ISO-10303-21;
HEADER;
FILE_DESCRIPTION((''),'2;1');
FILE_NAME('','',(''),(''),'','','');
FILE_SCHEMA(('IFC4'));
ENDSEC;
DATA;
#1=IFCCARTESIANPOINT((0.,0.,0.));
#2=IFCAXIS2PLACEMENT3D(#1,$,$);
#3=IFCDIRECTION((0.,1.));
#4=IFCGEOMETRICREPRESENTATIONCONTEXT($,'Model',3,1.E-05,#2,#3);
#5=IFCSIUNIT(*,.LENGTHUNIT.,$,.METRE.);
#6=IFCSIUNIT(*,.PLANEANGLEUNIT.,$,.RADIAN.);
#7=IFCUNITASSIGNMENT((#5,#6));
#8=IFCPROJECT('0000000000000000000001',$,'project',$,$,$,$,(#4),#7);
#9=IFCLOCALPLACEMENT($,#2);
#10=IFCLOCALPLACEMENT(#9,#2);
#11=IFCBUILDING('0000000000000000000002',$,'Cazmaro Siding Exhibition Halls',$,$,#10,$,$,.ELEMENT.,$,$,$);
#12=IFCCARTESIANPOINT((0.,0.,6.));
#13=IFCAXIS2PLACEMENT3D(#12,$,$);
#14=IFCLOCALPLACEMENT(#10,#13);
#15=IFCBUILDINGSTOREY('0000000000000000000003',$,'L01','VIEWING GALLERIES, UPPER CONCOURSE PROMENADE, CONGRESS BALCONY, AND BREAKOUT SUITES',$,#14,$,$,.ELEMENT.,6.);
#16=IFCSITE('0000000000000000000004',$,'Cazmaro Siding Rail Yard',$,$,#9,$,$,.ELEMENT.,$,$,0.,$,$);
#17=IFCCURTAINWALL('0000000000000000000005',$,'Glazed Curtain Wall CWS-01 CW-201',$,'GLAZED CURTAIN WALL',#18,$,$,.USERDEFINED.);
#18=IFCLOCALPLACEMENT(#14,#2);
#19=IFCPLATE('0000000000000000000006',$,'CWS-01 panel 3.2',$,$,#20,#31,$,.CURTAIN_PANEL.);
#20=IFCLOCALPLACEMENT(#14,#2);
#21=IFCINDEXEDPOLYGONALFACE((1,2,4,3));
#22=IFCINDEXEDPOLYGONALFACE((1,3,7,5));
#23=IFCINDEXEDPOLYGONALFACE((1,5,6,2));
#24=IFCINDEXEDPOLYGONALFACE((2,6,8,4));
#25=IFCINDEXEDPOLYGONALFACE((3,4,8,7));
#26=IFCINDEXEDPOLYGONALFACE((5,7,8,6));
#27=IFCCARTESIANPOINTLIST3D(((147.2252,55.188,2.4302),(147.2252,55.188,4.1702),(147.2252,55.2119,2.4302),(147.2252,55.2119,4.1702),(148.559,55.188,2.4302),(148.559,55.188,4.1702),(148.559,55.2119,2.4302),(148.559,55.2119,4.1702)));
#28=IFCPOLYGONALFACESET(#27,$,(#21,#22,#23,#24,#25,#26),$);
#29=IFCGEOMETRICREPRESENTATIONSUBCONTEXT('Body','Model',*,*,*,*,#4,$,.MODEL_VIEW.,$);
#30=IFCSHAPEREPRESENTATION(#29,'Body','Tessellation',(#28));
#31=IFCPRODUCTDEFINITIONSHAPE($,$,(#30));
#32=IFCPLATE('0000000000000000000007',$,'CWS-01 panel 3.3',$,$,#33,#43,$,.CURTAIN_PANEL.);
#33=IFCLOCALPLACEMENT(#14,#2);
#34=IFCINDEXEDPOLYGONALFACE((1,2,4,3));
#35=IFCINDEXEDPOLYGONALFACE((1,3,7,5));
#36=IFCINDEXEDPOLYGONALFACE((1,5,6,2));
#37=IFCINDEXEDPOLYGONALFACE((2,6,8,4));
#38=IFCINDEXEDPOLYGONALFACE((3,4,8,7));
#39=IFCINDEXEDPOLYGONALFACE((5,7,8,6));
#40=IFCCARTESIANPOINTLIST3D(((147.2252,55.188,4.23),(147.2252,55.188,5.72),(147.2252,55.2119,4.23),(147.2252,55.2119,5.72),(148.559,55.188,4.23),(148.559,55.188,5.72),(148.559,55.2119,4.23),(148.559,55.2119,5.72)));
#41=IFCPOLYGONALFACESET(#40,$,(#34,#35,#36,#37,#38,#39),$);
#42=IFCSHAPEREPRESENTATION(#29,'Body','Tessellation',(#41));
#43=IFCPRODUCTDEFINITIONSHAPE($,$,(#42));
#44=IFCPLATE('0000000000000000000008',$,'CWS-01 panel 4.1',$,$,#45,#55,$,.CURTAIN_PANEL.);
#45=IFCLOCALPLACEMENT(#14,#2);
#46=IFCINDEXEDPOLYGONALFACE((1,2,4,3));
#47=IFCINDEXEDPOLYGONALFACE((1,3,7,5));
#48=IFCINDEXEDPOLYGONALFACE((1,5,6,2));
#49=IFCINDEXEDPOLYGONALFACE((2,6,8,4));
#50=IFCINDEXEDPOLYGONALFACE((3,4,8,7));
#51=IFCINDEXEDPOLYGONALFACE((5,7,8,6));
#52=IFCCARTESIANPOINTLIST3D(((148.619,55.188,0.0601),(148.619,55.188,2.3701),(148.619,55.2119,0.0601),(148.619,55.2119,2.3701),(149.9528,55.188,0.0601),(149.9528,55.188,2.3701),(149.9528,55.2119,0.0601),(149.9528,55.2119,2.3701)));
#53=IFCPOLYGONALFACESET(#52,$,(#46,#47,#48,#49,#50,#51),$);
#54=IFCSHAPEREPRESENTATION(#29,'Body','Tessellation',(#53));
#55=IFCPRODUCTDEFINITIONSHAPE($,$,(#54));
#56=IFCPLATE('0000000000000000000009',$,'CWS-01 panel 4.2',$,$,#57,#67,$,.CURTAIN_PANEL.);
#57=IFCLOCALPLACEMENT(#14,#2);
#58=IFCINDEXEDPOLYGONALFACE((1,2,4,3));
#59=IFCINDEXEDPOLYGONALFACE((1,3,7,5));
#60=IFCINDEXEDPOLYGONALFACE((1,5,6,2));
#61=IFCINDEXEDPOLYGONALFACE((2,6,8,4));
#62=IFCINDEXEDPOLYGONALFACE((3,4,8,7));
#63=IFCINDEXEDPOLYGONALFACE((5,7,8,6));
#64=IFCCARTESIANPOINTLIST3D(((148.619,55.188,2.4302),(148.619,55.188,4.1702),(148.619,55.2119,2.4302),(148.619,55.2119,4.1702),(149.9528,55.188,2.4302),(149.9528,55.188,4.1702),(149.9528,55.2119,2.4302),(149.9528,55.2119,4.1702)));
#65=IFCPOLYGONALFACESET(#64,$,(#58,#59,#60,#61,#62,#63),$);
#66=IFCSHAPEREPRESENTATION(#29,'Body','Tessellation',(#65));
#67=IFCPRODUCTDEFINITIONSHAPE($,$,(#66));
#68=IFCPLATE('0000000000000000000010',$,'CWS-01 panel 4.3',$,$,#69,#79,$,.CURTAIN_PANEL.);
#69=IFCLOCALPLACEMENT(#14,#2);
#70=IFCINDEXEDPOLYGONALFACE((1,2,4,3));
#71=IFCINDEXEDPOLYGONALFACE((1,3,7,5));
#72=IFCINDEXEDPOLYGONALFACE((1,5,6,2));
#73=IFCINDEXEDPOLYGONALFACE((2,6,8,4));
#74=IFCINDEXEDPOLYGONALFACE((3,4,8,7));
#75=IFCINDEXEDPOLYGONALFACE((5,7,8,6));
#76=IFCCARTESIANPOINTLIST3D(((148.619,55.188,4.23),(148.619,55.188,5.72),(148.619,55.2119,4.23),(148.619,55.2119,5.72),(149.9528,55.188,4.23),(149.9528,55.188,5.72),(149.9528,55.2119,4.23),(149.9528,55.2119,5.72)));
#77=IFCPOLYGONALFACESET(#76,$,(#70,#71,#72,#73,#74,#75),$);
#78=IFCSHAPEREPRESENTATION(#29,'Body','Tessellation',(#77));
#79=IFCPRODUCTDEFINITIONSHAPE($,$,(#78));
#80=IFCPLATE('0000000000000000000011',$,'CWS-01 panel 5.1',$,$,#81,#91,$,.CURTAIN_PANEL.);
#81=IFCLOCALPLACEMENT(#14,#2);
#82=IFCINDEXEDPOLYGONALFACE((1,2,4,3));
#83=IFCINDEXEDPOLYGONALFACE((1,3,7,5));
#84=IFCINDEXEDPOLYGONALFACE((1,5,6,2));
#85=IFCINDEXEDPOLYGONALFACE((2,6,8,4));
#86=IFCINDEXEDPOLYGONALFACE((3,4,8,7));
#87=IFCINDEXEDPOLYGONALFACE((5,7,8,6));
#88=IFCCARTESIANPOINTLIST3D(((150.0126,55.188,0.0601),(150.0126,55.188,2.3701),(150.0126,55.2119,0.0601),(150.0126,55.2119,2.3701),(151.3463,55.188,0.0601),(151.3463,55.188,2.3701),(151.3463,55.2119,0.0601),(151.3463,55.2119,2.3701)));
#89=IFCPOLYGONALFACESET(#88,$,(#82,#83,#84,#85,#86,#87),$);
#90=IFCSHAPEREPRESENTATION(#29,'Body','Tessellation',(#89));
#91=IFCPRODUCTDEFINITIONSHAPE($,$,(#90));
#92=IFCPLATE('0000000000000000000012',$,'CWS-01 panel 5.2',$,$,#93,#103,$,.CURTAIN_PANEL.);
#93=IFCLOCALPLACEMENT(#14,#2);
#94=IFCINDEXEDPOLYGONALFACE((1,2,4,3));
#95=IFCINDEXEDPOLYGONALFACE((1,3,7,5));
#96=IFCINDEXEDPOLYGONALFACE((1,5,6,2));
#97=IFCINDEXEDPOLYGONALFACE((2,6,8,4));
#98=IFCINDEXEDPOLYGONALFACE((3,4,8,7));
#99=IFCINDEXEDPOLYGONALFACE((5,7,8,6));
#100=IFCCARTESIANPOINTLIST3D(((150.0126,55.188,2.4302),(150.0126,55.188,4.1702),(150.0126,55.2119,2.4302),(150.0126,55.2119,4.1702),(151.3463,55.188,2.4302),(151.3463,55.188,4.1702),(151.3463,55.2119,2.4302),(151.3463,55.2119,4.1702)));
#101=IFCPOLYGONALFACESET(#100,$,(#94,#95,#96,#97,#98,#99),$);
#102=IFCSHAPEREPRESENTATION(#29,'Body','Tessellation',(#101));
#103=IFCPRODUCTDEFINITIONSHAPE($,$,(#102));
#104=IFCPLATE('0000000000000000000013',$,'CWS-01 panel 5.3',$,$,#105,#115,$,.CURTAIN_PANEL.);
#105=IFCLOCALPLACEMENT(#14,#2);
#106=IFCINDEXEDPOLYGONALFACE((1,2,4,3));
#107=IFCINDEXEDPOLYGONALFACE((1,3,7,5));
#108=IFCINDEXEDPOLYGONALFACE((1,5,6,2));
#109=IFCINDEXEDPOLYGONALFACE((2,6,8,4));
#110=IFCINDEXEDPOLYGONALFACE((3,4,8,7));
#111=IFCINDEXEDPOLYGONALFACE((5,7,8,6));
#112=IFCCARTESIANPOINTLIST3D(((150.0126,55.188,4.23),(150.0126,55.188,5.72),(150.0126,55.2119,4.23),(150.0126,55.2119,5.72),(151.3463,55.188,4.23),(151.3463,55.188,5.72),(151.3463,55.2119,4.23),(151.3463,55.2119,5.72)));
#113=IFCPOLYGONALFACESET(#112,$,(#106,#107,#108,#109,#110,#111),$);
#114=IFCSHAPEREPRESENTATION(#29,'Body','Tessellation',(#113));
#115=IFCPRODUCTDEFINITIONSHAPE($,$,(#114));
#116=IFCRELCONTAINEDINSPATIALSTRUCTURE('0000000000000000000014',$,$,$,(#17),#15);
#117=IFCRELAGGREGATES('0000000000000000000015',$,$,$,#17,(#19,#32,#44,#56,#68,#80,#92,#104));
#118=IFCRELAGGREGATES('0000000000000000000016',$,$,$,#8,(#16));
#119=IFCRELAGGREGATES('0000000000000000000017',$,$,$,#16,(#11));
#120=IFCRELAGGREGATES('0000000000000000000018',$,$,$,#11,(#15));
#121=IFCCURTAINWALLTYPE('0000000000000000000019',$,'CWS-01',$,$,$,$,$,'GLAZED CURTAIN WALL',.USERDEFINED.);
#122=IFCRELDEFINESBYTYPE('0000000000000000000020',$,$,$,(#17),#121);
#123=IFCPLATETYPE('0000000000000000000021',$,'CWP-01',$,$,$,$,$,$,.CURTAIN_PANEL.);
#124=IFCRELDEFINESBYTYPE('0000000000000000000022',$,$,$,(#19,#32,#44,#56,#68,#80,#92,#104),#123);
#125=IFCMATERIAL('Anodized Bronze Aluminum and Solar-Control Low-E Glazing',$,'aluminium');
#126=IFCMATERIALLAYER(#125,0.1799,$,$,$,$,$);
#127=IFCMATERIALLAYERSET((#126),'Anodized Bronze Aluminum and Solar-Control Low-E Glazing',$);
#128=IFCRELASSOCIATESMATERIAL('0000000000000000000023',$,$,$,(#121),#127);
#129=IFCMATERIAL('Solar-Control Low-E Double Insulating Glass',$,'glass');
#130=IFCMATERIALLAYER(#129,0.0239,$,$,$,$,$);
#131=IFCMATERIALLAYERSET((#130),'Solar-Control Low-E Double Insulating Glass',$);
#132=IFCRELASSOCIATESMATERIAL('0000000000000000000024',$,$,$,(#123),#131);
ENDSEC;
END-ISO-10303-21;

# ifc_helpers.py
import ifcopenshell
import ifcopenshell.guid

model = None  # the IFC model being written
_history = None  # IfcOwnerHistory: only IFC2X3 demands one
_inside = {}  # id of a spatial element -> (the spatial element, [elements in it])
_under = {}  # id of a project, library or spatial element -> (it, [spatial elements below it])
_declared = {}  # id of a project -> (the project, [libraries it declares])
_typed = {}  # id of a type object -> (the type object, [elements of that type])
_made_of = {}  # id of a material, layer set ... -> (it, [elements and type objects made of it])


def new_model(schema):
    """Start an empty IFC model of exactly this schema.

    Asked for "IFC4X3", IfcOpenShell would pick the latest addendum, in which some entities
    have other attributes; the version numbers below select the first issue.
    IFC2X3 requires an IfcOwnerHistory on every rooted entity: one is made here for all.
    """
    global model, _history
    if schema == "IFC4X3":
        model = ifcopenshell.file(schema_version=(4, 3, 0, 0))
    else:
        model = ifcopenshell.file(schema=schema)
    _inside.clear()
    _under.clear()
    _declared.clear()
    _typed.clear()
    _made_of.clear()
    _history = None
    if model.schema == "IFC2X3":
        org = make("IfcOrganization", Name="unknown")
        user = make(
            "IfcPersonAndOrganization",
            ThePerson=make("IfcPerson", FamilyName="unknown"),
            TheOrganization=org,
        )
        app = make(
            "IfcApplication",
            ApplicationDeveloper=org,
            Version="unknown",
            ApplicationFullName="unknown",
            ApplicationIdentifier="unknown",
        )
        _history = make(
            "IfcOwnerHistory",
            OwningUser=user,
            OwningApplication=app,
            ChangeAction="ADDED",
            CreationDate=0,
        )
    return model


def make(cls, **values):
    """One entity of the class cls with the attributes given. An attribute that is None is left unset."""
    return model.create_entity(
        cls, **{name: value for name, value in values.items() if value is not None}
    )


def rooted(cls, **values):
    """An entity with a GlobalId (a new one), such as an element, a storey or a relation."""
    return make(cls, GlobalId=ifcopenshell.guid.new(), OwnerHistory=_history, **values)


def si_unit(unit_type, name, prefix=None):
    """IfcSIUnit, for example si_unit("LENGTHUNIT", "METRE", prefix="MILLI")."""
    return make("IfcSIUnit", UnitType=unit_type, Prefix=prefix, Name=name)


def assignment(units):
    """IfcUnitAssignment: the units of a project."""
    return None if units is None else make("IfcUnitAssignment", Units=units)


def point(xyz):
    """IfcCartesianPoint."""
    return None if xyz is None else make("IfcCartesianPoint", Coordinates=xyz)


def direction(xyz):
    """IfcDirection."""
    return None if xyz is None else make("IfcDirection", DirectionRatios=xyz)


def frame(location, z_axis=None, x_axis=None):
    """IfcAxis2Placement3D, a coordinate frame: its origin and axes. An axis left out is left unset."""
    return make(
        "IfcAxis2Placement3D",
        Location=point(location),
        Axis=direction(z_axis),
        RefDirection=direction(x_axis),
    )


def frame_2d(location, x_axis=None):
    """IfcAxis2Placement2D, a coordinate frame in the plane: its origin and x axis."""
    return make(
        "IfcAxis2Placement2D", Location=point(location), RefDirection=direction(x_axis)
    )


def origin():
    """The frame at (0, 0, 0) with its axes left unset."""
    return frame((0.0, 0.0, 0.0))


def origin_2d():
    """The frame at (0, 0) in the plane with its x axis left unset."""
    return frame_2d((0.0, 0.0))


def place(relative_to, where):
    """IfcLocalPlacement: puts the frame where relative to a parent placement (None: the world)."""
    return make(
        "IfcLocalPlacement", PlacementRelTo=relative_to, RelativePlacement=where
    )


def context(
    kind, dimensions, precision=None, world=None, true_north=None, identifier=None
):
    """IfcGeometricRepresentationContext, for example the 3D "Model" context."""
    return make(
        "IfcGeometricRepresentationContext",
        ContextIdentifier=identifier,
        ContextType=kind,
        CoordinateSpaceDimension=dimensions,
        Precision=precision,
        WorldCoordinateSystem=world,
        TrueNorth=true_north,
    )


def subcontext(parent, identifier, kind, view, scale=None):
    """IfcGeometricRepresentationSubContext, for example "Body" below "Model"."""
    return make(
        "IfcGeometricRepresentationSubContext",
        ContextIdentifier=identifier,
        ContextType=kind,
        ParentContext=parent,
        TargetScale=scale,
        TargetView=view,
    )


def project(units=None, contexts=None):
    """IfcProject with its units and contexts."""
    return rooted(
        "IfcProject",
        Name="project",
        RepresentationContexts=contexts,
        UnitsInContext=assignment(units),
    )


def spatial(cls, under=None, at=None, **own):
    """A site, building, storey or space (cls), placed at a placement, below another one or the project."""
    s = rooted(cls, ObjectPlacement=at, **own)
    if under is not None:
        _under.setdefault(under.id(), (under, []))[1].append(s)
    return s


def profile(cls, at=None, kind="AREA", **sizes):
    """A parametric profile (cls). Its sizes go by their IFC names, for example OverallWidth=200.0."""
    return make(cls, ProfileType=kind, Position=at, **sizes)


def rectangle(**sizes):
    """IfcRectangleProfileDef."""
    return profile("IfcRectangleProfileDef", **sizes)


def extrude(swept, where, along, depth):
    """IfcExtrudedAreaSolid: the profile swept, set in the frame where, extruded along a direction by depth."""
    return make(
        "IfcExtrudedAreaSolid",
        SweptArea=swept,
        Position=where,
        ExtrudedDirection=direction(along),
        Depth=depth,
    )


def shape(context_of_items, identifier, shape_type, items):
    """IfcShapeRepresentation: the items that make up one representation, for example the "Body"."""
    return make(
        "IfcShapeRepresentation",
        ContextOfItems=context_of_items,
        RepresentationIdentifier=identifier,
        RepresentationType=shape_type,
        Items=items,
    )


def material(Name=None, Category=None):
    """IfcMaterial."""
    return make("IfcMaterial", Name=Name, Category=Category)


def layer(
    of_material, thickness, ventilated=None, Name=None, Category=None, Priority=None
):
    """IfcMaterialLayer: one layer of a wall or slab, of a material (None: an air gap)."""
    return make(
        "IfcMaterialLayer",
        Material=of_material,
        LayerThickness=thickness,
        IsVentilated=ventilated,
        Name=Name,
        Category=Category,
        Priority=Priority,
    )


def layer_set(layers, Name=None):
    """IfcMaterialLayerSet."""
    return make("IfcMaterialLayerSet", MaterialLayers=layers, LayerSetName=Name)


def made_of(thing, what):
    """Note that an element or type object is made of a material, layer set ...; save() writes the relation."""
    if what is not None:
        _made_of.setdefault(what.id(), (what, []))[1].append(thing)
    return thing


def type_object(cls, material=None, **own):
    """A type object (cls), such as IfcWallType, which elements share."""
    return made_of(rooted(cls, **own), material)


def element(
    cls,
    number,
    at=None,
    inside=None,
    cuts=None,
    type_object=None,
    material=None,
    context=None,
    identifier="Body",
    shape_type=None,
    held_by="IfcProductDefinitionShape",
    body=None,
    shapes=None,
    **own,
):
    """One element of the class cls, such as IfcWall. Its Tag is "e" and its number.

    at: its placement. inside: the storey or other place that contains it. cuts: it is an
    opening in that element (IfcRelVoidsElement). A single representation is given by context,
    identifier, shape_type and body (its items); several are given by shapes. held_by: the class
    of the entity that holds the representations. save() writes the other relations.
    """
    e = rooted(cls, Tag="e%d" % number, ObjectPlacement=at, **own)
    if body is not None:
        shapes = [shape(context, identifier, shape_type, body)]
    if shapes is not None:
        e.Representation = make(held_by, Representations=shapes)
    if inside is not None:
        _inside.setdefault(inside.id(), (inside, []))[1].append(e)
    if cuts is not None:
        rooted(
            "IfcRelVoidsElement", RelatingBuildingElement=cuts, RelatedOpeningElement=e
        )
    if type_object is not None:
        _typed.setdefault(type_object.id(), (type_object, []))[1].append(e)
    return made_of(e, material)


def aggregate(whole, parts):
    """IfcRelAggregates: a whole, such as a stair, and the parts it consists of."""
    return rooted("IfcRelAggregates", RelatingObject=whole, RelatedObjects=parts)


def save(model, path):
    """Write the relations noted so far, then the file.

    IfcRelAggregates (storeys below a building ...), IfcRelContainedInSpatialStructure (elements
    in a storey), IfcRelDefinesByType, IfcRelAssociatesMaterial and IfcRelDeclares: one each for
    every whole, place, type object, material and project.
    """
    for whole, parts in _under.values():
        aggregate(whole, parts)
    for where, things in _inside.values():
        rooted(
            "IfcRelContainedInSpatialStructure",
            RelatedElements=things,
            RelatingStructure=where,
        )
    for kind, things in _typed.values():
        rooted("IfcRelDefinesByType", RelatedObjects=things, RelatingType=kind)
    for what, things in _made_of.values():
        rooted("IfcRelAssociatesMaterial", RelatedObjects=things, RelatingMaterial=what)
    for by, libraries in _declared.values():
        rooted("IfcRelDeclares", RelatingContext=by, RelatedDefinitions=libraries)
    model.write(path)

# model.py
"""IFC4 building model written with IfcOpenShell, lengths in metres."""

from ifc_helpers import new_model, si_unit, direction, frame, origin, origin_2d, place, context, subcontext, project, spatial, rectangle, extrude, material, layer, layer_set, type_object, element, aggregate, save


model = new_model("IFC4")

# Units and contexts
model_context = context("Model", 3, precision=1e-05, world=origin(), true_north=direction((0.0, 1.0)))
body_context = subcontext(model_context, "Body", "Model", "MODEL_VIEW")
ifc_project = project(units=[si_unit("LENGTHUNIT", "METRE"), si_unit("PLANEANGLEUNIT", "RADIAN")], contexts=[model_context])

# Site, building, storey
site_placement = place(None, origin())
site = spatial("IfcSite", under=ifc_project, at=site_placement, Name="Cazmaro Siding Rail Yard", CompositionType="ELEMENT", RefElevation=0.0)
building_placement = place(site_placement, origin())
building = spatial("IfcBuilding", under=site, at=building_placement, Name="Cazmaro Siding Exhibition Halls", CompositionType="ELEMENT")
storey_placement = place(building_placement, frame((0.0, 0.0, 6.0)))
storey = spatial("IfcBuildingStorey", under=building, at=storey_placement, Name="L01", Description="VIEWING GALLERIES, UPPER CONCOURSE PROMENADE, CONGRESS BALCONY, AND BREAKOUT SUITES", CompositionType="ELEMENT", Elevation=6.0)

# Curtain wall, plates
ifc_material_1 = material(Name="Anodized Bronze Aluminum and Solar-Control Low-E Glazing", Category="aluminium")
ifc_layer_1 = layer(ifc_material_1, 0.1799)
ifc_layer_set_1 = layer_set([ifc_layer_1], Name="Anodized Bronze Aluminum and Solar-Control Low-E Glazing")
curtain_wall_type = type_object("IfcCurtainWallType", Name="CWS-01", ElementType="GLAZED CURTAIN WALL", PredefinedType="USERDEFINED", material=ifc_layer_set_1)
curtain_wall_placement = place(storey_placement, origin())
curtain_wall = element("IfcCurtainWall", 1, at=curtain_wall_placement, inside=storey, type_object=curtain_wall_type, Name="Glazed Curtain Wall CWS-01 CW-201", ObjectType="GLAZED CURTAIN WALL", PredefinedType="USERDEFINED")
ifc_material_2 = material(Name="Solar-Control Low-E Double Insulating Glass", Category="glass")
ifc_layer_2 = layer(ifc_material_2, 0.0239)
ifc_layer_set_2 = layer_set([ifc_layer_2], Name="Solar-Control Low-E Double Insulating Glass")
plate_type = type_object("IfcPlateType", Name="CWP-01", PredefinedType="CURTAIN_PANEL", material=ifc_layer_set_2)
plate_1_placement = place(storey_placement, frame((147.8921, 55.2, 2.4302), z_axis=(0.0, 0.0, 1.0), x_axis=(1.0, 0.0, 0.0)))
plate_1 = element("IfcPlate", 2, at=plate_1_placement, type_object=plate_type, Name="CWS-01 panel 3.2", PredefinedType="CURTAIN_PANEL", context=body_context, shape_type="SweptSolid", body=[
    extrude(rectangle(XDim=1.3337, YDim=0.0239, at=origin_2d()), origin(), (0.0, 0.0, 1.0), 1.74),
])
plate_2_placement = place(storey_placement, frame((147.8921, 55.2, 4.23), z_axis=(0.0, 0.0, 1.0), x_axis=(1.0, 0.0, 0.0)))
plate_2 = element("IfcPlate", 3, at=plate_2_placement, type_object=plate_type, Name="CWS-01 panel 3.3", PredefinedType="CURTAIN_PANEL", context=body_context, shape_type="SweptSolid", body=[
    extrude(rectangle(XDim=1.3337, YDim=0.0239, at=origin_2d()), origin(), (0.0, 0.0, 1.0), 1.49),
])
plate_3_placement = place(storey_placement, frame((149.2859, 55.2, 0.0601), z_axis=(0.0, 0.0, 1.0), x_axis=(1.0, 0.0, 0.0)))
plate_3 = element("IfcPlate", 4, at=plate_3_placement, type_object=plate_type, Name="CWS-01 panel 4.1", PredefinedType="CURTAIN_PANEL", context=body_context, shape_type="SweptSolid", body=[
    extrude(rectangle(XDim=1.3337, YDim=0.0239, at=origin_2d()), origin(), (0.0, 0.0, 1.0), 2.3101),
])
plate_4_placement = place(storey_placement, frame((149.2859, 55.2, 2.4302), z_axis=(0.0, 0.0, 1.0), x_axis=(1.0, 0.0, 0.0)))
plate_4 = element("IfcPlate", 5, at=plate_4_placement, type_object=plate_type, Name="CWS-01 panel 4.2", PredefinedType="CURTAIN_PANEL", context=body_context, shape_type="SweptSolid", body=[
    extrude(rectangle(XDim=1.3337, YDim=0.0239, at=origin_2d()), origin(), (0.0, 0.0, 1.0), 1.74),
])
plate_5_placement = place(storey_placement, frame((149.2859, 55.2, 4.23), z_axis=(0.0, 0.0, 1.0), x_axis=(1.0, 0.0, 0.0)))
plate_5 = element("IfcPlate", 6, at=plate_5_placement, type_object=plate_type, Name="CWS-01 panel 4.3", PredefinedType="CURTAIN_PANEL", context=body_context, shape_type="SweptSolid", body=[
    extrude(rectangle(XDim=1.3337, YDim=0.0239, at=origin_2d()), origin(), (0.0, 0.0, 1.0), 1.49),
])
plate_6_placement = place(storey_placement, frame((150.6794, 55.2, 0.0601), z_axis=(0.0, 0.0, 1.0), x_axis=(1.0, 0.0, 0.0)))
plate_6 = element("IfcPlate", 7, at=plate_6_placement, type_object=plate_type, Name="CWS-01 panel 5.1", PredefinedType="CURTAIN_PANEL", context=body_context, shape_type="SweptSolid", body=[
    extrude(rectangle(XDim=1.3337, YDim=0.0239, at=origin_2d()), origin(), (0.0, 0.0, 1.0), 2.3101),
])
plate_7_placement = place(storey_placement, frame((150.6794, 55.2, 2.4302), z_axis=(0.0, 0.0, 1.0), x_axis=(1.0, 0.0, 0.0)))
plate_7 = element("IfcPlate", 8, at=plate_7_placement, type_object=plate_type, Name="CWS-01 panel 5.2", PredefinedType="CURTAIN_PANEL", context=body_context, shape_type="SweptSolid", body=[
    extrude(rectangle(XDim=1.3337, YDim=0.0239, at=origin_2d()), origin(), (0.0, 0.0, 1.0), 1.74),
])
plate_8_placement = place(storey_placement, frame((150.6794, 55.2, 4.23), z_axis=(0.0, 0.0, 1.0), x_axis=(1.0, 0.0, 0.0)))
plate_8 = element("IfcPlate", 9, at=plate_8_placement, type_object=plate_type, Name="CWS-01 panel 5.3", PredefinedType="CURTAIN_PANEL", context=body_context, shape_type="SweptSolid", body=[
    extrude(rectangle(XDim=1.3337, YDim=0.0239, at=origin_2d()), origin(), (0.0, 0.0, 1.0), 1.49),
])
aggregate(curtain_wall, [plate_1, plate_2, plate_3, plate_4, plate_5, plate_6, plate_7, plate_8])

save(model, "model.ifc")
